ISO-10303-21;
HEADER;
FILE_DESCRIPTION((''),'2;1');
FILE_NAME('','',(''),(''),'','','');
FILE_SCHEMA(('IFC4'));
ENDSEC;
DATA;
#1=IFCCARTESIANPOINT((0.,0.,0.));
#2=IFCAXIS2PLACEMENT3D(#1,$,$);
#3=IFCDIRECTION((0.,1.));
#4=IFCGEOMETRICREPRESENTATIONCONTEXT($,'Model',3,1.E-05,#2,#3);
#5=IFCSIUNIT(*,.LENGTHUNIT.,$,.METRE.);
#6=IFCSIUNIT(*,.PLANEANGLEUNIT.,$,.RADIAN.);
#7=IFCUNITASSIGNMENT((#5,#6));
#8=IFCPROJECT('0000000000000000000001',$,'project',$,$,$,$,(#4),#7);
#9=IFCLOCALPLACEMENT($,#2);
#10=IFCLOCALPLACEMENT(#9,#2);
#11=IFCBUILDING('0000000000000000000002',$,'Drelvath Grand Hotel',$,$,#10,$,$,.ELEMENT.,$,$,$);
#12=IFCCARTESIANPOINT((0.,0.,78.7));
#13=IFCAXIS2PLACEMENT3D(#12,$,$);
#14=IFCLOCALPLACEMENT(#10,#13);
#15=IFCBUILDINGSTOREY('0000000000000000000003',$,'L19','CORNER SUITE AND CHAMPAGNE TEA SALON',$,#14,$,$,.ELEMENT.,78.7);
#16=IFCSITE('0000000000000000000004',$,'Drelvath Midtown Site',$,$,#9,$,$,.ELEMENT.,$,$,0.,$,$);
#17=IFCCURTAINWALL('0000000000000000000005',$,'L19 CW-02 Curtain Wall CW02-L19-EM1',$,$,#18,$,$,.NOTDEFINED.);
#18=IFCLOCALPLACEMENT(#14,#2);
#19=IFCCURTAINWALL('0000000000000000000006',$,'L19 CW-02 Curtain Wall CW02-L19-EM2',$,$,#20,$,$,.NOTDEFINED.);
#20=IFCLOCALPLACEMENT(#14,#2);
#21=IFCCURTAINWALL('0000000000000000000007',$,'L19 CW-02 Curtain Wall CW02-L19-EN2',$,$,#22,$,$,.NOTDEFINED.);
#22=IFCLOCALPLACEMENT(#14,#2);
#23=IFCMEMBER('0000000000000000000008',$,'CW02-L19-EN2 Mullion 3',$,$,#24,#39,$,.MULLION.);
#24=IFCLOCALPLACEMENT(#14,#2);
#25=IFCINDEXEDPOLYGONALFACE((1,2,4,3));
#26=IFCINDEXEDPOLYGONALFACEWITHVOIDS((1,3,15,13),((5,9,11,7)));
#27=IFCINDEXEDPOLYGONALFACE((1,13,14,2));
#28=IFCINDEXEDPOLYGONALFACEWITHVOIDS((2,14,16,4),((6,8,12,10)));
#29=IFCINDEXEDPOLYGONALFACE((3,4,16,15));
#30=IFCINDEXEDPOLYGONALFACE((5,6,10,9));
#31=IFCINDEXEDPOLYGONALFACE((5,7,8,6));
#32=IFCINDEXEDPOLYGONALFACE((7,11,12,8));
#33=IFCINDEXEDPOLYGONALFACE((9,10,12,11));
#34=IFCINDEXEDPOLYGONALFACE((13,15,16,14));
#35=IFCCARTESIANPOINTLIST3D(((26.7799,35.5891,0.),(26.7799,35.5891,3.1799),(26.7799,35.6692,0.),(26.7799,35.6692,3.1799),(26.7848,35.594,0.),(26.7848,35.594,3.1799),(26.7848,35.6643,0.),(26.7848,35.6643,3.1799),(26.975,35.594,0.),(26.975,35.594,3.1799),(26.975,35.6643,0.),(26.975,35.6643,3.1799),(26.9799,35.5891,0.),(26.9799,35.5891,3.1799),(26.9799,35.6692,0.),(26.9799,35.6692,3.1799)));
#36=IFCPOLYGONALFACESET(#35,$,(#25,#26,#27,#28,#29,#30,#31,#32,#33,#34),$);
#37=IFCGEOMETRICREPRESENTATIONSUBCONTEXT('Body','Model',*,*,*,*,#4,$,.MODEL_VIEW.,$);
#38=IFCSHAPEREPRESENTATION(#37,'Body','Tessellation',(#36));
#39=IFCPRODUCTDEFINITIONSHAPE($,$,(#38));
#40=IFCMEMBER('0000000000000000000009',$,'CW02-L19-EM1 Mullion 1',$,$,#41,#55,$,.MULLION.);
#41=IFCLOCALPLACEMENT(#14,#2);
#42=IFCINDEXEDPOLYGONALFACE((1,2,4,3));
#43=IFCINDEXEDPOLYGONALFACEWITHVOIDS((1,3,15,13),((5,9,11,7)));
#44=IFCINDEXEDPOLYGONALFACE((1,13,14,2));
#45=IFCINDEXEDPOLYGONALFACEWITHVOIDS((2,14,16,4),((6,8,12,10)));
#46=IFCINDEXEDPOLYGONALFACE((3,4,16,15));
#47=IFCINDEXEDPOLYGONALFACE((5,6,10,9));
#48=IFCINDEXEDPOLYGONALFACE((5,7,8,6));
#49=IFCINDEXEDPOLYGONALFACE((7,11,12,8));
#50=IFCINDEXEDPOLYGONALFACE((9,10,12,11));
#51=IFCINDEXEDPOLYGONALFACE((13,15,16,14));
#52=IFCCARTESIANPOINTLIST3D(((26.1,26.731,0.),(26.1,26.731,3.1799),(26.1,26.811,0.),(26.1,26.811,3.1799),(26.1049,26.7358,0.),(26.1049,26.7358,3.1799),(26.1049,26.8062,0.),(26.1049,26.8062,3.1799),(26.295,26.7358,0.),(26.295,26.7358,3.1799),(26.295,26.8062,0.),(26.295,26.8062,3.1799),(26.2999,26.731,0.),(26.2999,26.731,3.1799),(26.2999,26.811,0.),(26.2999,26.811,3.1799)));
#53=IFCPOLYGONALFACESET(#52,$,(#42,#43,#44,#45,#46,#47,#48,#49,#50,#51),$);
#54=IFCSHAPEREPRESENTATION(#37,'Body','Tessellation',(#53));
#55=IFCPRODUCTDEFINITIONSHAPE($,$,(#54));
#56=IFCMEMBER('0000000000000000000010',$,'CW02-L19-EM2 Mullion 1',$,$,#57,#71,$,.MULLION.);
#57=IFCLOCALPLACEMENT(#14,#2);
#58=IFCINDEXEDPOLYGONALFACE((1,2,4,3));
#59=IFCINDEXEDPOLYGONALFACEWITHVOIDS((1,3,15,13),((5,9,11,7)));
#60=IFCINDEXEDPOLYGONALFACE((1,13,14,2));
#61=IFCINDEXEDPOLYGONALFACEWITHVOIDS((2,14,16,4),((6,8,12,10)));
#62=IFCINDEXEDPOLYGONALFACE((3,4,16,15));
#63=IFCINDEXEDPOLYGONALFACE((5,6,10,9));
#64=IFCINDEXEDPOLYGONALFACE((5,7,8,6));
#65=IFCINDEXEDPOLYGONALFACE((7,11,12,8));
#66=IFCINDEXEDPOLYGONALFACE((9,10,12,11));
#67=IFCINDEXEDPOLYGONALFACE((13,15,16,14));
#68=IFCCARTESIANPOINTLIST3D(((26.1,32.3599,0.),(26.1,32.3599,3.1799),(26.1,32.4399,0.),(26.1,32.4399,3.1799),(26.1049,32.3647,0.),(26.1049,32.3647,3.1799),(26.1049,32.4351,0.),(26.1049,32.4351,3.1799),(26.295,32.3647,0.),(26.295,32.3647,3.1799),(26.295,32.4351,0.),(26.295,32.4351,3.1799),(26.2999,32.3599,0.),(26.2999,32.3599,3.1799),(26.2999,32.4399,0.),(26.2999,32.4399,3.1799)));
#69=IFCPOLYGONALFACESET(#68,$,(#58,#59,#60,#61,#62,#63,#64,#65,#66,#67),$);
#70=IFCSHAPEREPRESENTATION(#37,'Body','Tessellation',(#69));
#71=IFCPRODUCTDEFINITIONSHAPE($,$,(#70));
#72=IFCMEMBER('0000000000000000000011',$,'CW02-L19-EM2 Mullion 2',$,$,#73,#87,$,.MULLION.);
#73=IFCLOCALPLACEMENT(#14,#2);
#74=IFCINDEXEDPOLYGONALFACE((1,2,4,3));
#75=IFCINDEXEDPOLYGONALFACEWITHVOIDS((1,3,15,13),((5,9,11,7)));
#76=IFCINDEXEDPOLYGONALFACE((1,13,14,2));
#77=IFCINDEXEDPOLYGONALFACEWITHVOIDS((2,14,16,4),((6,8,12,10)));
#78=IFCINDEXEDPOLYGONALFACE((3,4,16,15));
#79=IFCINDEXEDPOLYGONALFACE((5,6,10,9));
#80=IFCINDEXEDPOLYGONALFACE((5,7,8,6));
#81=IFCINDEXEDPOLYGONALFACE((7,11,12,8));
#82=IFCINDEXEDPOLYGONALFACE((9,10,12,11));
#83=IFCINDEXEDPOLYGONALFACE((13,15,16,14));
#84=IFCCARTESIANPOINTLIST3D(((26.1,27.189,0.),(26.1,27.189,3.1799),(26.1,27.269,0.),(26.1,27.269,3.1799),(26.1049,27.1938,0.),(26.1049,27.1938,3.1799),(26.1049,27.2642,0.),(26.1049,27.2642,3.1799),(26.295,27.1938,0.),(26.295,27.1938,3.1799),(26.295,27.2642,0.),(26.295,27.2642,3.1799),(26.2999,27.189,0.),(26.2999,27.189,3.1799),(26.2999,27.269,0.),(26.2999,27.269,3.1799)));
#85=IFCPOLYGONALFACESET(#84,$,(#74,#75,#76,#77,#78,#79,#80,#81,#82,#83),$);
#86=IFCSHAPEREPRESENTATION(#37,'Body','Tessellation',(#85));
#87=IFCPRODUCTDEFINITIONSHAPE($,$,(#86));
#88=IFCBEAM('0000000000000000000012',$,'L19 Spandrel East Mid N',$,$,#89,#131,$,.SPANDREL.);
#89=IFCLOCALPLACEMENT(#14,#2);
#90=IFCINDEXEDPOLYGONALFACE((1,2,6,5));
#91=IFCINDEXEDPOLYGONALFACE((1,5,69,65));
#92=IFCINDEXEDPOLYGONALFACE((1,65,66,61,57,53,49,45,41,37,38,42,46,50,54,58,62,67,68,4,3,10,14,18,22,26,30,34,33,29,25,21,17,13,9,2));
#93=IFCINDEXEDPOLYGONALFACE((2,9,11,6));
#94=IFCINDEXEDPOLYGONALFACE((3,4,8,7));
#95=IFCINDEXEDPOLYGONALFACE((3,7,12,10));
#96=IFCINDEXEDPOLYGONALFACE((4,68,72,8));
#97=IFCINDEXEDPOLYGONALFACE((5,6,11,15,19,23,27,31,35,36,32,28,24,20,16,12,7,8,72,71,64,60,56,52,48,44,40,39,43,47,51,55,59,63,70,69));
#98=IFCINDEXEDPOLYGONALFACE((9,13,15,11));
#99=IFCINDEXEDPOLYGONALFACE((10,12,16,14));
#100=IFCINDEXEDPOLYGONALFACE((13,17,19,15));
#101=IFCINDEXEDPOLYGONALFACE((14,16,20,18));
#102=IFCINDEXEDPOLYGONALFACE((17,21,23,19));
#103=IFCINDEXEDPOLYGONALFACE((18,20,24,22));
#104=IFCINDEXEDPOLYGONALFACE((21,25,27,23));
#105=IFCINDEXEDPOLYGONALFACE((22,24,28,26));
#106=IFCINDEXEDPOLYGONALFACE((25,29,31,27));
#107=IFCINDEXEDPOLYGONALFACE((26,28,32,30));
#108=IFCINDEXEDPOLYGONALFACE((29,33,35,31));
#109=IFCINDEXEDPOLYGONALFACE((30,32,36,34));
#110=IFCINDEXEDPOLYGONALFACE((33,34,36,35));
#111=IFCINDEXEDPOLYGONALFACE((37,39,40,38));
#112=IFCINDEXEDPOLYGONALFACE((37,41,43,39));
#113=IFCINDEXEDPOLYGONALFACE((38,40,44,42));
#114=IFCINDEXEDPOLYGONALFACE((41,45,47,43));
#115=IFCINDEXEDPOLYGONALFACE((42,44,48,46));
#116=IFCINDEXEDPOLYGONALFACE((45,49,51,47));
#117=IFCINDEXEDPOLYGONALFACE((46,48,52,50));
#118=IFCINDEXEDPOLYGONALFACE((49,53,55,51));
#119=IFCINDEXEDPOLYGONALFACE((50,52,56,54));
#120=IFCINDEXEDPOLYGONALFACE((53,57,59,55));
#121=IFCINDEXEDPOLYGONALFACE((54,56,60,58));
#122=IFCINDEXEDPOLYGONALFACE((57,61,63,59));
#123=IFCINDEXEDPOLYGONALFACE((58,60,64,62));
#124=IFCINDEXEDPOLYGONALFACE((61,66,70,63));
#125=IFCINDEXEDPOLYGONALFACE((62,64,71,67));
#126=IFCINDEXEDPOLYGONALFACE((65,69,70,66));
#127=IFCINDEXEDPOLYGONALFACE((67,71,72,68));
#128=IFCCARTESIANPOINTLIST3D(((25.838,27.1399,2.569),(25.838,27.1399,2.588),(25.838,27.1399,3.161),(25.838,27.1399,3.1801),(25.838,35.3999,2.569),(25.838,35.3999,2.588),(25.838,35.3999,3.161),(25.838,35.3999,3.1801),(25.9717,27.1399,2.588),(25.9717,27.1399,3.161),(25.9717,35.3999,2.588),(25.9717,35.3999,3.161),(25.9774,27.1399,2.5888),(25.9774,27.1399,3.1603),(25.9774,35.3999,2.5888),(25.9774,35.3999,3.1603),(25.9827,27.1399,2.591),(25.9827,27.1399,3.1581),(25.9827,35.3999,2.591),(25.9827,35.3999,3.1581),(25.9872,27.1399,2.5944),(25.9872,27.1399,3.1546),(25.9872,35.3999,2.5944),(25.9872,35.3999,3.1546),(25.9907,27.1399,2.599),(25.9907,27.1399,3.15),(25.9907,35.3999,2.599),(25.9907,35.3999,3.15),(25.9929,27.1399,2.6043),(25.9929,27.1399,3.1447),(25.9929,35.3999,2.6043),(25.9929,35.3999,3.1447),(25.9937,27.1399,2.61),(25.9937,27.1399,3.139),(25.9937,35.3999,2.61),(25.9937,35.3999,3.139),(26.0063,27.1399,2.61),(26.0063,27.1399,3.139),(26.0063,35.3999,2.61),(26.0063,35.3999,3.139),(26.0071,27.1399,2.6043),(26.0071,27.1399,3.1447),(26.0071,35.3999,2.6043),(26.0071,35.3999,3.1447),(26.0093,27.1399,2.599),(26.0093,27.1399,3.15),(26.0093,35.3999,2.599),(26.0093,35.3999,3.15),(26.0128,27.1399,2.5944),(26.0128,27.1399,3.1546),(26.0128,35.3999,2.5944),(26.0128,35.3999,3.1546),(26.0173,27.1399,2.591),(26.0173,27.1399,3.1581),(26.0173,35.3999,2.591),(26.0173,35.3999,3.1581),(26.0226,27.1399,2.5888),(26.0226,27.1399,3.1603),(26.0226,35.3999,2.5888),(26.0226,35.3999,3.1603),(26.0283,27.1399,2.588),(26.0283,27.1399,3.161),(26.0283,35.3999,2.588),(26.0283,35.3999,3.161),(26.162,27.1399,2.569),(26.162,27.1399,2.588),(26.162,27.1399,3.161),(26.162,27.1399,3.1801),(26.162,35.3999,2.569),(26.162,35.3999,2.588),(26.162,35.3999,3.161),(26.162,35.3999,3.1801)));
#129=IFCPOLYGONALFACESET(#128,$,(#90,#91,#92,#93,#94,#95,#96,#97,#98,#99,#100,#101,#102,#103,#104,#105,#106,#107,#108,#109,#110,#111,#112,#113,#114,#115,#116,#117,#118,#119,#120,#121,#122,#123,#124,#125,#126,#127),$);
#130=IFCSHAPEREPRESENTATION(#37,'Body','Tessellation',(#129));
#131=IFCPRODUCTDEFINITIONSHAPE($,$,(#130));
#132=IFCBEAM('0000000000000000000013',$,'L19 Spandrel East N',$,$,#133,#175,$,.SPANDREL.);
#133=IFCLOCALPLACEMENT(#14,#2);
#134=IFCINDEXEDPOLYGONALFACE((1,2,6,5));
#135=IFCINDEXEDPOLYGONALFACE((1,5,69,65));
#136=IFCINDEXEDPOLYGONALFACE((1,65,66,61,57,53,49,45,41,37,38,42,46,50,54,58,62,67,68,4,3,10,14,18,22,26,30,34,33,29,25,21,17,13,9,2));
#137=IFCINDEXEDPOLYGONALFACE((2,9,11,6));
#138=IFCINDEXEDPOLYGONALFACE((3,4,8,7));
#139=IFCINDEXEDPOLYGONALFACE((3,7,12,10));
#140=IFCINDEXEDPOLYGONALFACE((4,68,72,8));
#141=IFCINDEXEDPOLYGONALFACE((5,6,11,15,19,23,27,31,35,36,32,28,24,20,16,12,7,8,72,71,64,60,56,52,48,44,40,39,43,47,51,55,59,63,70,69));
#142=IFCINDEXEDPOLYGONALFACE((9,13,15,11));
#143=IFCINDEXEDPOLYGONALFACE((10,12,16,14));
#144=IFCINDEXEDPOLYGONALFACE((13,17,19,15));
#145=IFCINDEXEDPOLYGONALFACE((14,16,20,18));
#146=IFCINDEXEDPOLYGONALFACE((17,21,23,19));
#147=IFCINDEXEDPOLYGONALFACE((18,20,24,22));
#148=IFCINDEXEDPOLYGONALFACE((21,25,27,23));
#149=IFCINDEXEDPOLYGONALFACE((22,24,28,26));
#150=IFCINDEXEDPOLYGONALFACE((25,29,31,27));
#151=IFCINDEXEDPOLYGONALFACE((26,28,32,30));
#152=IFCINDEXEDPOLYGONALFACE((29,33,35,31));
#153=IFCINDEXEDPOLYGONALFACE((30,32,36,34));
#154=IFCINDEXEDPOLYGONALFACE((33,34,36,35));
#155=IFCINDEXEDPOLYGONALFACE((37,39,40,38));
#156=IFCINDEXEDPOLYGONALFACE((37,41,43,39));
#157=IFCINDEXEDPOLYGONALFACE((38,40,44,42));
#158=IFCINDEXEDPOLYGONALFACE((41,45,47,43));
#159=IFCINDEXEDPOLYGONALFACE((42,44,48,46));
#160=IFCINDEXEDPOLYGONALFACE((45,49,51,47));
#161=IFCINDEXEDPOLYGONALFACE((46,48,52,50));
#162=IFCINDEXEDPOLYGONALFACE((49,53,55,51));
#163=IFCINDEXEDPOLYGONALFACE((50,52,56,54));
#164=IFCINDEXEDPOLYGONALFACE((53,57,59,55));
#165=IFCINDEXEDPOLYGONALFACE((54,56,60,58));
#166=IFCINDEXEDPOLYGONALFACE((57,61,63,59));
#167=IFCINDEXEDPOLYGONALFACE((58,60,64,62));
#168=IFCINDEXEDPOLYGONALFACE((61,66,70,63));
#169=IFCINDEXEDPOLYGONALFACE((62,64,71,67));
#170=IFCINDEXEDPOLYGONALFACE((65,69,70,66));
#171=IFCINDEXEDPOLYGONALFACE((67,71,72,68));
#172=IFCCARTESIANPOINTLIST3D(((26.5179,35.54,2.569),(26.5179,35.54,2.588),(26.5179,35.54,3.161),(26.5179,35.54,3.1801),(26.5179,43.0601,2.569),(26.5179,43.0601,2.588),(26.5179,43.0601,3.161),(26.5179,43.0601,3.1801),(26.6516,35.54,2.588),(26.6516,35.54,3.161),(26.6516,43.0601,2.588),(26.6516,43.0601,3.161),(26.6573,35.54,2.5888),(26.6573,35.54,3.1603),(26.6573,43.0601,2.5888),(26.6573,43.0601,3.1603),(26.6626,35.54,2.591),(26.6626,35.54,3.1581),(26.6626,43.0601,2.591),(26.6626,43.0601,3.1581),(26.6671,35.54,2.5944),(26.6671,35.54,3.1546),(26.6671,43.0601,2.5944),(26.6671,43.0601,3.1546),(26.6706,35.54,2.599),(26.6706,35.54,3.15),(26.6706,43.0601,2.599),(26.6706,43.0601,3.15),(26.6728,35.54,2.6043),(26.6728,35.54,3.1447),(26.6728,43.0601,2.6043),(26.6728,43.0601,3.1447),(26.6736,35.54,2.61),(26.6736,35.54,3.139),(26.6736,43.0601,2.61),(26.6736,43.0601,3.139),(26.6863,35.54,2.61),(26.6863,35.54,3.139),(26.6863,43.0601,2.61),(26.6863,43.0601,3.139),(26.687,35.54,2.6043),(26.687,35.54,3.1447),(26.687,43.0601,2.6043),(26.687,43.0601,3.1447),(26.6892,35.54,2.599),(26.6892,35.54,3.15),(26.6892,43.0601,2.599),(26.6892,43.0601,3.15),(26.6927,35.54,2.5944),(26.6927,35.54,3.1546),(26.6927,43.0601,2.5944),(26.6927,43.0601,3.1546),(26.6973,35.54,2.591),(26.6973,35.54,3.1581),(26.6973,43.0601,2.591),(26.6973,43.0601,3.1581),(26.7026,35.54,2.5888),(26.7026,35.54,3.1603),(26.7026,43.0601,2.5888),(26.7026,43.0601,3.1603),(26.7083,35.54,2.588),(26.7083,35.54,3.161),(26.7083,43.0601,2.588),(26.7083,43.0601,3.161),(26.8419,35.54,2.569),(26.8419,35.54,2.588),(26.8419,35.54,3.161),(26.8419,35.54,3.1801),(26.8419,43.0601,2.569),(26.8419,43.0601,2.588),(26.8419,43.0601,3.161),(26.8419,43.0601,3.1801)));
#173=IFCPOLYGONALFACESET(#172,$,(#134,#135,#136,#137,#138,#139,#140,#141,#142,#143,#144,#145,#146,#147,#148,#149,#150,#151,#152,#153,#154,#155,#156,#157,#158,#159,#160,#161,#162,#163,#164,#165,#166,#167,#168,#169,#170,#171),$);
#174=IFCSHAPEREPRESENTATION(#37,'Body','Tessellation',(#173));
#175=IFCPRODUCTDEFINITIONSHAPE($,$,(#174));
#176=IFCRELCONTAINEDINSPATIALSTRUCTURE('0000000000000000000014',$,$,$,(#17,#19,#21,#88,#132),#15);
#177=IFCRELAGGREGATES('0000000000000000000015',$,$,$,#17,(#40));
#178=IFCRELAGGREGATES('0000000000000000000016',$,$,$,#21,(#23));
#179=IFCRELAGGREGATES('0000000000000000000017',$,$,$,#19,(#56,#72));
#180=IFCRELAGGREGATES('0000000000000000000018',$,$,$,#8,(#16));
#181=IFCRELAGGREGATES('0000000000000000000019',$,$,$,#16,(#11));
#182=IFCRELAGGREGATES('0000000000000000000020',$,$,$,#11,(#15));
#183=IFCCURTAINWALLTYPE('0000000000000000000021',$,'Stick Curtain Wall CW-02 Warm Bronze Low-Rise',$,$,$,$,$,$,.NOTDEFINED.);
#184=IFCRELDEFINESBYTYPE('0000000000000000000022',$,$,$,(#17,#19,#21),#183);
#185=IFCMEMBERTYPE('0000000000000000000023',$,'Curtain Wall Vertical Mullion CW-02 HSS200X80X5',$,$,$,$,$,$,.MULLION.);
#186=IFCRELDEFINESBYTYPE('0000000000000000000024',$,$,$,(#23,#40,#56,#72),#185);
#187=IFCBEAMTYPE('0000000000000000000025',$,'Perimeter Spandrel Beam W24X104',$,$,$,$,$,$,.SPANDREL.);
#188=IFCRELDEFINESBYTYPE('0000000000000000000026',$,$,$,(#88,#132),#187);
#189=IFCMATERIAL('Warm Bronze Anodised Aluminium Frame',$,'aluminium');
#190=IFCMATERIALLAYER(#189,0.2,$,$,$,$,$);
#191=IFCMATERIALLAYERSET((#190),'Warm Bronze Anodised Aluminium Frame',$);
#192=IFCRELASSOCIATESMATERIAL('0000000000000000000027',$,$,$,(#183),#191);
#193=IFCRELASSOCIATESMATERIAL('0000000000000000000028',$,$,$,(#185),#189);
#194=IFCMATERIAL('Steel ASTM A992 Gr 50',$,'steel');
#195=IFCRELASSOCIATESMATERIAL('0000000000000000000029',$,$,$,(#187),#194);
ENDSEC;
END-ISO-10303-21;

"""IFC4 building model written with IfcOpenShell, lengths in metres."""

from ifc_helpers import new_model, si_unit, direction, frame, origin, origin_2d, place, context, subcontext, project, spatial, hollow_rectangle, i_section, extrude, material, layer, layer_set, material_profile, profile_set, type_object, element, aggregate, save


model = new_model("IFC4")

# Units and contexts
model_context = context("Model", 3, precision=1e-05, world=origin(), true_north=direction((0.0, 1.0)))
body_context = subcontext(model_context, "Body", "Model", "MODEL_VIEW")
ifc_project = project(units=[si_unit("LENGTHUNIT", "METRE"), si_unit("PLANEANGLEUNIT", "RADIAN")], contexts=[model_context])

# Site, building, storey
site_placement = place(None, origin())
site = spatial("IfcSite", under=ifc_project, at=site_placement, Name="Drelvath Midtown Site", CompositionType="ELEMENT", RefElevation=0.0)
building_placement = place(site_placement, origin())
building = spatial("IfcBuilding", under=site, at=building_placement, Name="Drelvath Grand Hotel", CompositionType="ELEMENT")
storey_placement = place(building_placement, frame((0.0, 0.0, 78.7)))
storey = spatial("IfcBuildingStorey", under=building, at=storey_placement, Name="L19", Description="CORNER SUITE AND CHAMPAGNE TEA SALON", CompositionType="ELEMENT", Elevation=78.7)

# Curtain walls
ifc_material_1 = material(Name="Warm Bronze Anodised Aluminium Frame", Category="aluminium")
ifc_layer_1 = layer(ifc_material_1, 0.2)
ifc_layer_set_1 = layer_set([ifc_layer_1], Name="Warm Bronze Anodised Aluminium Frame")
curtain_wall_type = type_object("IfcCurtainWallType", Name="Stick Curtain Wall CW-02 Warm Bronze Low-Rise", PredefinedType="NOTDEFINED", material=ifc_layer_set_1)
curtain_wall_1_placement = place(storey_placement, origin())
curtain_wall_1 = element("IfcCurtainWall", 1, at=curtain_wall_1_placement, inside=storey, type_object=curtain_wall_type, Name="L19 CW-02 Curtain Wall CW02-L19-EM1", PredefinedType="NOTDEFINED")
curtain_wall_2_placement = place(storey_placement, origin())
curtain_wall_2 = element("IfcCurtainWall", 2, at=curtain_wall_2_placement, inside=storey, type_object=curtain_wall_type, Name="L19 CW-02 Curtain Wall CW02-L19-EM2", PredefinedType="NOTDEFINED")

# Shared definitions
ifc_material_profile_1 = material_profile(ifc_material_1, hollow_rectangle(XDim=0.0801, YDim=0.2, WallThickness=0.0049, at=origin_2d()), Name="HSS200X80X5")
ifc_profile_set_1 = profile_set([ifc_material_profile_1], Name="Warm Bronze Anodised Aluminium Frame")
member_type_1 = type_object("IfcMemberType", Name="Curtain Wall Vertical Mullion CW-02 HSS200X80X5", PredefinedType="MULLION", material=ifc_profile_set_1)

# Curtain wall, member
curtain_wall_3_placement = place(storey_placement, origin())
curtain_wall_3 = element("IfcCurtainWall", 3, at=curtain_wall_3_placement, inside=storey, type_object=curtain_wall_type, Name="L19 CW-02 Curtain Wall CW02-L19-EN2", PredefinedType="NOTDEFINED")
member_1_placement = place(storey_placement, frame((26.8799, 35.6292, 0.0), z_axis=(0.0, 0.0, 1.0), x_axis=(0.0, 1.0, 0.0)))
member_1 = element("IfcMember", 4, at=member_1_placement, type_object=member_type_1, Name="CW02-L19-EN2 Mullion 3", PredefinedType="MULLION", context=body_context, shape_type="SweptSolid", body=[
    extrude(hollow_rectangle(XDim=0.0801, YDim=0.2, WallThickness=0.0049, at=origin_2d()), origin(), (0.0, 0.0, 1.0), 3.1799),
])

# Members
member_2_placement = place(storey_placement, frame((26.2, 26.771, 0.0), z_axis=(0.0, 0.0, 1.0), x_axis=(0.0, 1.0, 0.0)))
member_2 = element("IfcMember", 5, at=member_2_placement, type_object=member_type_1, Name="CW02-L19-EM1 Mullion 1", PredefinedType="MULLION", context=body_context, shape_type="SweptSolid", body=[
    extrude(hollow_rectangle(XDim=0.0801, YDim=0.2, WallThickness=0.0049, at=origin_2d()), origin(), (0.0, 0.0, 1.0), 3.1799),
])
aggregate(curtain_wall_1, [member_2])
member_3_placement = place(storey_placement, frame((26.2, 32.3999, 0.0), z_axis=(0.0, 0.0, 1.0), x_axis=(0.0, 1.0, 0.0)))
member_3 = element("IfcMember", 6, at=member_3_placement, type_object=member_type_1, Name="CW02-L19-EM2 Mullion 1", PredefinedType="MULLION", context=body_context, shape_type="SweptSolid", body=[
    extrude(hollow_rectangle(XDim=0.0801, YDim=0.2, WallThickness=0.0049, at=origin_2d()), origin(), (0.0, 0.0, 1.0), 3.1799),
])
member_4_placement = place(storey_placement, frame((26.2, 27.229, 0.0), z_axis=(0.0, 0.0, 1.0), x_axis=(0.0, 1.0, 0.0)))
member_4 = element("IfcMember", 7, at=member_4_placement, type_object=member_type_1, Name="CW02-L19-EM2 Mullion 2", PredefinedType="MULLION", context=body_context, shape_type="SweptSolid", body=[
    extrude(hollow_rectangle(XDim=0.0801, YDim=0.2, WallThickness=0.0049, at=origin_2d()), origin(), (0.0, 0.0, 1.0), 3.1799),
])

# Beams
ifc_material_2 = material(Name="Steel ASTM A992 Gr 50", Category="steel")
ifc_material_profile_2 = material_profile(ifc_material_2, i_section(OverallWidth=0.324, OverallDepth=0.6111, WebThickness=0.0127, FlangeThickness=0.019, FilletRadius=0.022, at=origin_2d()), Name="W24X104")
ifc_profile_set_2 = profile_set([ifc_material_profile_2], Name="Steel ASTM A992 Gr 50")
beam_type_1 = type_object("IfcBeamType", Name="Perimeter Spandrel Beam W24X104", PredefinedType="SPANDREL", material=ifc_profile_set_2)
beam_1_placement = place(storey_placement, frame((26.0, 27.1399, 2.8745), z_axis=(0.0, 1.0, 0.0), x_axis=(-1.0, 0.0, 0.0)))
element("IfcBeam", 8, at=beam_1_placement, inside=storey, type_object=beam_type_1, Name="L19 Spandrel East Mid N", PredefinedType="SPANDREL", context=body_context, shape_type="SweptSolid", body=[
    extrude(i_section(OverallWidth=0.324, OverallDepth=0.6111, WebThickness=0.0127, FlangeThickness=0.019, FilletRadius=0.022, at=origin_2d()), origin(), (0.0, 0.0, 1.0), 8.26),
])
beam_2_placement = place(storey_placement, frame((26.6799, 35.54, 2.8745), z_axis=(0.0, 1.0, 0.0), x_axis=(-1.0, 0.0, 0.0)))
element("IfcBeam", 9, at=beam_2_placement, inside=storey, type_object=beam_type_1, Name="L19 Spandrel East N", PredefinedType="SPANDREL", context=body_context, shape_type="SweptSolid", body=[
    extrude(i_section(OverallWidth=0.324, OverallDepth=0.6111, WebThickness=0.0127, FlangeThickness=0.019, FilletRadius=0.022, at=origin_2d()), origin(), (0.0, 0.0, 1.0), 7.52),
])

aggregate(curtain_wall_3, [member_1])
aggregate(curtain_wall_2, [member_3, member_4])

save(model, "model.ifc")
